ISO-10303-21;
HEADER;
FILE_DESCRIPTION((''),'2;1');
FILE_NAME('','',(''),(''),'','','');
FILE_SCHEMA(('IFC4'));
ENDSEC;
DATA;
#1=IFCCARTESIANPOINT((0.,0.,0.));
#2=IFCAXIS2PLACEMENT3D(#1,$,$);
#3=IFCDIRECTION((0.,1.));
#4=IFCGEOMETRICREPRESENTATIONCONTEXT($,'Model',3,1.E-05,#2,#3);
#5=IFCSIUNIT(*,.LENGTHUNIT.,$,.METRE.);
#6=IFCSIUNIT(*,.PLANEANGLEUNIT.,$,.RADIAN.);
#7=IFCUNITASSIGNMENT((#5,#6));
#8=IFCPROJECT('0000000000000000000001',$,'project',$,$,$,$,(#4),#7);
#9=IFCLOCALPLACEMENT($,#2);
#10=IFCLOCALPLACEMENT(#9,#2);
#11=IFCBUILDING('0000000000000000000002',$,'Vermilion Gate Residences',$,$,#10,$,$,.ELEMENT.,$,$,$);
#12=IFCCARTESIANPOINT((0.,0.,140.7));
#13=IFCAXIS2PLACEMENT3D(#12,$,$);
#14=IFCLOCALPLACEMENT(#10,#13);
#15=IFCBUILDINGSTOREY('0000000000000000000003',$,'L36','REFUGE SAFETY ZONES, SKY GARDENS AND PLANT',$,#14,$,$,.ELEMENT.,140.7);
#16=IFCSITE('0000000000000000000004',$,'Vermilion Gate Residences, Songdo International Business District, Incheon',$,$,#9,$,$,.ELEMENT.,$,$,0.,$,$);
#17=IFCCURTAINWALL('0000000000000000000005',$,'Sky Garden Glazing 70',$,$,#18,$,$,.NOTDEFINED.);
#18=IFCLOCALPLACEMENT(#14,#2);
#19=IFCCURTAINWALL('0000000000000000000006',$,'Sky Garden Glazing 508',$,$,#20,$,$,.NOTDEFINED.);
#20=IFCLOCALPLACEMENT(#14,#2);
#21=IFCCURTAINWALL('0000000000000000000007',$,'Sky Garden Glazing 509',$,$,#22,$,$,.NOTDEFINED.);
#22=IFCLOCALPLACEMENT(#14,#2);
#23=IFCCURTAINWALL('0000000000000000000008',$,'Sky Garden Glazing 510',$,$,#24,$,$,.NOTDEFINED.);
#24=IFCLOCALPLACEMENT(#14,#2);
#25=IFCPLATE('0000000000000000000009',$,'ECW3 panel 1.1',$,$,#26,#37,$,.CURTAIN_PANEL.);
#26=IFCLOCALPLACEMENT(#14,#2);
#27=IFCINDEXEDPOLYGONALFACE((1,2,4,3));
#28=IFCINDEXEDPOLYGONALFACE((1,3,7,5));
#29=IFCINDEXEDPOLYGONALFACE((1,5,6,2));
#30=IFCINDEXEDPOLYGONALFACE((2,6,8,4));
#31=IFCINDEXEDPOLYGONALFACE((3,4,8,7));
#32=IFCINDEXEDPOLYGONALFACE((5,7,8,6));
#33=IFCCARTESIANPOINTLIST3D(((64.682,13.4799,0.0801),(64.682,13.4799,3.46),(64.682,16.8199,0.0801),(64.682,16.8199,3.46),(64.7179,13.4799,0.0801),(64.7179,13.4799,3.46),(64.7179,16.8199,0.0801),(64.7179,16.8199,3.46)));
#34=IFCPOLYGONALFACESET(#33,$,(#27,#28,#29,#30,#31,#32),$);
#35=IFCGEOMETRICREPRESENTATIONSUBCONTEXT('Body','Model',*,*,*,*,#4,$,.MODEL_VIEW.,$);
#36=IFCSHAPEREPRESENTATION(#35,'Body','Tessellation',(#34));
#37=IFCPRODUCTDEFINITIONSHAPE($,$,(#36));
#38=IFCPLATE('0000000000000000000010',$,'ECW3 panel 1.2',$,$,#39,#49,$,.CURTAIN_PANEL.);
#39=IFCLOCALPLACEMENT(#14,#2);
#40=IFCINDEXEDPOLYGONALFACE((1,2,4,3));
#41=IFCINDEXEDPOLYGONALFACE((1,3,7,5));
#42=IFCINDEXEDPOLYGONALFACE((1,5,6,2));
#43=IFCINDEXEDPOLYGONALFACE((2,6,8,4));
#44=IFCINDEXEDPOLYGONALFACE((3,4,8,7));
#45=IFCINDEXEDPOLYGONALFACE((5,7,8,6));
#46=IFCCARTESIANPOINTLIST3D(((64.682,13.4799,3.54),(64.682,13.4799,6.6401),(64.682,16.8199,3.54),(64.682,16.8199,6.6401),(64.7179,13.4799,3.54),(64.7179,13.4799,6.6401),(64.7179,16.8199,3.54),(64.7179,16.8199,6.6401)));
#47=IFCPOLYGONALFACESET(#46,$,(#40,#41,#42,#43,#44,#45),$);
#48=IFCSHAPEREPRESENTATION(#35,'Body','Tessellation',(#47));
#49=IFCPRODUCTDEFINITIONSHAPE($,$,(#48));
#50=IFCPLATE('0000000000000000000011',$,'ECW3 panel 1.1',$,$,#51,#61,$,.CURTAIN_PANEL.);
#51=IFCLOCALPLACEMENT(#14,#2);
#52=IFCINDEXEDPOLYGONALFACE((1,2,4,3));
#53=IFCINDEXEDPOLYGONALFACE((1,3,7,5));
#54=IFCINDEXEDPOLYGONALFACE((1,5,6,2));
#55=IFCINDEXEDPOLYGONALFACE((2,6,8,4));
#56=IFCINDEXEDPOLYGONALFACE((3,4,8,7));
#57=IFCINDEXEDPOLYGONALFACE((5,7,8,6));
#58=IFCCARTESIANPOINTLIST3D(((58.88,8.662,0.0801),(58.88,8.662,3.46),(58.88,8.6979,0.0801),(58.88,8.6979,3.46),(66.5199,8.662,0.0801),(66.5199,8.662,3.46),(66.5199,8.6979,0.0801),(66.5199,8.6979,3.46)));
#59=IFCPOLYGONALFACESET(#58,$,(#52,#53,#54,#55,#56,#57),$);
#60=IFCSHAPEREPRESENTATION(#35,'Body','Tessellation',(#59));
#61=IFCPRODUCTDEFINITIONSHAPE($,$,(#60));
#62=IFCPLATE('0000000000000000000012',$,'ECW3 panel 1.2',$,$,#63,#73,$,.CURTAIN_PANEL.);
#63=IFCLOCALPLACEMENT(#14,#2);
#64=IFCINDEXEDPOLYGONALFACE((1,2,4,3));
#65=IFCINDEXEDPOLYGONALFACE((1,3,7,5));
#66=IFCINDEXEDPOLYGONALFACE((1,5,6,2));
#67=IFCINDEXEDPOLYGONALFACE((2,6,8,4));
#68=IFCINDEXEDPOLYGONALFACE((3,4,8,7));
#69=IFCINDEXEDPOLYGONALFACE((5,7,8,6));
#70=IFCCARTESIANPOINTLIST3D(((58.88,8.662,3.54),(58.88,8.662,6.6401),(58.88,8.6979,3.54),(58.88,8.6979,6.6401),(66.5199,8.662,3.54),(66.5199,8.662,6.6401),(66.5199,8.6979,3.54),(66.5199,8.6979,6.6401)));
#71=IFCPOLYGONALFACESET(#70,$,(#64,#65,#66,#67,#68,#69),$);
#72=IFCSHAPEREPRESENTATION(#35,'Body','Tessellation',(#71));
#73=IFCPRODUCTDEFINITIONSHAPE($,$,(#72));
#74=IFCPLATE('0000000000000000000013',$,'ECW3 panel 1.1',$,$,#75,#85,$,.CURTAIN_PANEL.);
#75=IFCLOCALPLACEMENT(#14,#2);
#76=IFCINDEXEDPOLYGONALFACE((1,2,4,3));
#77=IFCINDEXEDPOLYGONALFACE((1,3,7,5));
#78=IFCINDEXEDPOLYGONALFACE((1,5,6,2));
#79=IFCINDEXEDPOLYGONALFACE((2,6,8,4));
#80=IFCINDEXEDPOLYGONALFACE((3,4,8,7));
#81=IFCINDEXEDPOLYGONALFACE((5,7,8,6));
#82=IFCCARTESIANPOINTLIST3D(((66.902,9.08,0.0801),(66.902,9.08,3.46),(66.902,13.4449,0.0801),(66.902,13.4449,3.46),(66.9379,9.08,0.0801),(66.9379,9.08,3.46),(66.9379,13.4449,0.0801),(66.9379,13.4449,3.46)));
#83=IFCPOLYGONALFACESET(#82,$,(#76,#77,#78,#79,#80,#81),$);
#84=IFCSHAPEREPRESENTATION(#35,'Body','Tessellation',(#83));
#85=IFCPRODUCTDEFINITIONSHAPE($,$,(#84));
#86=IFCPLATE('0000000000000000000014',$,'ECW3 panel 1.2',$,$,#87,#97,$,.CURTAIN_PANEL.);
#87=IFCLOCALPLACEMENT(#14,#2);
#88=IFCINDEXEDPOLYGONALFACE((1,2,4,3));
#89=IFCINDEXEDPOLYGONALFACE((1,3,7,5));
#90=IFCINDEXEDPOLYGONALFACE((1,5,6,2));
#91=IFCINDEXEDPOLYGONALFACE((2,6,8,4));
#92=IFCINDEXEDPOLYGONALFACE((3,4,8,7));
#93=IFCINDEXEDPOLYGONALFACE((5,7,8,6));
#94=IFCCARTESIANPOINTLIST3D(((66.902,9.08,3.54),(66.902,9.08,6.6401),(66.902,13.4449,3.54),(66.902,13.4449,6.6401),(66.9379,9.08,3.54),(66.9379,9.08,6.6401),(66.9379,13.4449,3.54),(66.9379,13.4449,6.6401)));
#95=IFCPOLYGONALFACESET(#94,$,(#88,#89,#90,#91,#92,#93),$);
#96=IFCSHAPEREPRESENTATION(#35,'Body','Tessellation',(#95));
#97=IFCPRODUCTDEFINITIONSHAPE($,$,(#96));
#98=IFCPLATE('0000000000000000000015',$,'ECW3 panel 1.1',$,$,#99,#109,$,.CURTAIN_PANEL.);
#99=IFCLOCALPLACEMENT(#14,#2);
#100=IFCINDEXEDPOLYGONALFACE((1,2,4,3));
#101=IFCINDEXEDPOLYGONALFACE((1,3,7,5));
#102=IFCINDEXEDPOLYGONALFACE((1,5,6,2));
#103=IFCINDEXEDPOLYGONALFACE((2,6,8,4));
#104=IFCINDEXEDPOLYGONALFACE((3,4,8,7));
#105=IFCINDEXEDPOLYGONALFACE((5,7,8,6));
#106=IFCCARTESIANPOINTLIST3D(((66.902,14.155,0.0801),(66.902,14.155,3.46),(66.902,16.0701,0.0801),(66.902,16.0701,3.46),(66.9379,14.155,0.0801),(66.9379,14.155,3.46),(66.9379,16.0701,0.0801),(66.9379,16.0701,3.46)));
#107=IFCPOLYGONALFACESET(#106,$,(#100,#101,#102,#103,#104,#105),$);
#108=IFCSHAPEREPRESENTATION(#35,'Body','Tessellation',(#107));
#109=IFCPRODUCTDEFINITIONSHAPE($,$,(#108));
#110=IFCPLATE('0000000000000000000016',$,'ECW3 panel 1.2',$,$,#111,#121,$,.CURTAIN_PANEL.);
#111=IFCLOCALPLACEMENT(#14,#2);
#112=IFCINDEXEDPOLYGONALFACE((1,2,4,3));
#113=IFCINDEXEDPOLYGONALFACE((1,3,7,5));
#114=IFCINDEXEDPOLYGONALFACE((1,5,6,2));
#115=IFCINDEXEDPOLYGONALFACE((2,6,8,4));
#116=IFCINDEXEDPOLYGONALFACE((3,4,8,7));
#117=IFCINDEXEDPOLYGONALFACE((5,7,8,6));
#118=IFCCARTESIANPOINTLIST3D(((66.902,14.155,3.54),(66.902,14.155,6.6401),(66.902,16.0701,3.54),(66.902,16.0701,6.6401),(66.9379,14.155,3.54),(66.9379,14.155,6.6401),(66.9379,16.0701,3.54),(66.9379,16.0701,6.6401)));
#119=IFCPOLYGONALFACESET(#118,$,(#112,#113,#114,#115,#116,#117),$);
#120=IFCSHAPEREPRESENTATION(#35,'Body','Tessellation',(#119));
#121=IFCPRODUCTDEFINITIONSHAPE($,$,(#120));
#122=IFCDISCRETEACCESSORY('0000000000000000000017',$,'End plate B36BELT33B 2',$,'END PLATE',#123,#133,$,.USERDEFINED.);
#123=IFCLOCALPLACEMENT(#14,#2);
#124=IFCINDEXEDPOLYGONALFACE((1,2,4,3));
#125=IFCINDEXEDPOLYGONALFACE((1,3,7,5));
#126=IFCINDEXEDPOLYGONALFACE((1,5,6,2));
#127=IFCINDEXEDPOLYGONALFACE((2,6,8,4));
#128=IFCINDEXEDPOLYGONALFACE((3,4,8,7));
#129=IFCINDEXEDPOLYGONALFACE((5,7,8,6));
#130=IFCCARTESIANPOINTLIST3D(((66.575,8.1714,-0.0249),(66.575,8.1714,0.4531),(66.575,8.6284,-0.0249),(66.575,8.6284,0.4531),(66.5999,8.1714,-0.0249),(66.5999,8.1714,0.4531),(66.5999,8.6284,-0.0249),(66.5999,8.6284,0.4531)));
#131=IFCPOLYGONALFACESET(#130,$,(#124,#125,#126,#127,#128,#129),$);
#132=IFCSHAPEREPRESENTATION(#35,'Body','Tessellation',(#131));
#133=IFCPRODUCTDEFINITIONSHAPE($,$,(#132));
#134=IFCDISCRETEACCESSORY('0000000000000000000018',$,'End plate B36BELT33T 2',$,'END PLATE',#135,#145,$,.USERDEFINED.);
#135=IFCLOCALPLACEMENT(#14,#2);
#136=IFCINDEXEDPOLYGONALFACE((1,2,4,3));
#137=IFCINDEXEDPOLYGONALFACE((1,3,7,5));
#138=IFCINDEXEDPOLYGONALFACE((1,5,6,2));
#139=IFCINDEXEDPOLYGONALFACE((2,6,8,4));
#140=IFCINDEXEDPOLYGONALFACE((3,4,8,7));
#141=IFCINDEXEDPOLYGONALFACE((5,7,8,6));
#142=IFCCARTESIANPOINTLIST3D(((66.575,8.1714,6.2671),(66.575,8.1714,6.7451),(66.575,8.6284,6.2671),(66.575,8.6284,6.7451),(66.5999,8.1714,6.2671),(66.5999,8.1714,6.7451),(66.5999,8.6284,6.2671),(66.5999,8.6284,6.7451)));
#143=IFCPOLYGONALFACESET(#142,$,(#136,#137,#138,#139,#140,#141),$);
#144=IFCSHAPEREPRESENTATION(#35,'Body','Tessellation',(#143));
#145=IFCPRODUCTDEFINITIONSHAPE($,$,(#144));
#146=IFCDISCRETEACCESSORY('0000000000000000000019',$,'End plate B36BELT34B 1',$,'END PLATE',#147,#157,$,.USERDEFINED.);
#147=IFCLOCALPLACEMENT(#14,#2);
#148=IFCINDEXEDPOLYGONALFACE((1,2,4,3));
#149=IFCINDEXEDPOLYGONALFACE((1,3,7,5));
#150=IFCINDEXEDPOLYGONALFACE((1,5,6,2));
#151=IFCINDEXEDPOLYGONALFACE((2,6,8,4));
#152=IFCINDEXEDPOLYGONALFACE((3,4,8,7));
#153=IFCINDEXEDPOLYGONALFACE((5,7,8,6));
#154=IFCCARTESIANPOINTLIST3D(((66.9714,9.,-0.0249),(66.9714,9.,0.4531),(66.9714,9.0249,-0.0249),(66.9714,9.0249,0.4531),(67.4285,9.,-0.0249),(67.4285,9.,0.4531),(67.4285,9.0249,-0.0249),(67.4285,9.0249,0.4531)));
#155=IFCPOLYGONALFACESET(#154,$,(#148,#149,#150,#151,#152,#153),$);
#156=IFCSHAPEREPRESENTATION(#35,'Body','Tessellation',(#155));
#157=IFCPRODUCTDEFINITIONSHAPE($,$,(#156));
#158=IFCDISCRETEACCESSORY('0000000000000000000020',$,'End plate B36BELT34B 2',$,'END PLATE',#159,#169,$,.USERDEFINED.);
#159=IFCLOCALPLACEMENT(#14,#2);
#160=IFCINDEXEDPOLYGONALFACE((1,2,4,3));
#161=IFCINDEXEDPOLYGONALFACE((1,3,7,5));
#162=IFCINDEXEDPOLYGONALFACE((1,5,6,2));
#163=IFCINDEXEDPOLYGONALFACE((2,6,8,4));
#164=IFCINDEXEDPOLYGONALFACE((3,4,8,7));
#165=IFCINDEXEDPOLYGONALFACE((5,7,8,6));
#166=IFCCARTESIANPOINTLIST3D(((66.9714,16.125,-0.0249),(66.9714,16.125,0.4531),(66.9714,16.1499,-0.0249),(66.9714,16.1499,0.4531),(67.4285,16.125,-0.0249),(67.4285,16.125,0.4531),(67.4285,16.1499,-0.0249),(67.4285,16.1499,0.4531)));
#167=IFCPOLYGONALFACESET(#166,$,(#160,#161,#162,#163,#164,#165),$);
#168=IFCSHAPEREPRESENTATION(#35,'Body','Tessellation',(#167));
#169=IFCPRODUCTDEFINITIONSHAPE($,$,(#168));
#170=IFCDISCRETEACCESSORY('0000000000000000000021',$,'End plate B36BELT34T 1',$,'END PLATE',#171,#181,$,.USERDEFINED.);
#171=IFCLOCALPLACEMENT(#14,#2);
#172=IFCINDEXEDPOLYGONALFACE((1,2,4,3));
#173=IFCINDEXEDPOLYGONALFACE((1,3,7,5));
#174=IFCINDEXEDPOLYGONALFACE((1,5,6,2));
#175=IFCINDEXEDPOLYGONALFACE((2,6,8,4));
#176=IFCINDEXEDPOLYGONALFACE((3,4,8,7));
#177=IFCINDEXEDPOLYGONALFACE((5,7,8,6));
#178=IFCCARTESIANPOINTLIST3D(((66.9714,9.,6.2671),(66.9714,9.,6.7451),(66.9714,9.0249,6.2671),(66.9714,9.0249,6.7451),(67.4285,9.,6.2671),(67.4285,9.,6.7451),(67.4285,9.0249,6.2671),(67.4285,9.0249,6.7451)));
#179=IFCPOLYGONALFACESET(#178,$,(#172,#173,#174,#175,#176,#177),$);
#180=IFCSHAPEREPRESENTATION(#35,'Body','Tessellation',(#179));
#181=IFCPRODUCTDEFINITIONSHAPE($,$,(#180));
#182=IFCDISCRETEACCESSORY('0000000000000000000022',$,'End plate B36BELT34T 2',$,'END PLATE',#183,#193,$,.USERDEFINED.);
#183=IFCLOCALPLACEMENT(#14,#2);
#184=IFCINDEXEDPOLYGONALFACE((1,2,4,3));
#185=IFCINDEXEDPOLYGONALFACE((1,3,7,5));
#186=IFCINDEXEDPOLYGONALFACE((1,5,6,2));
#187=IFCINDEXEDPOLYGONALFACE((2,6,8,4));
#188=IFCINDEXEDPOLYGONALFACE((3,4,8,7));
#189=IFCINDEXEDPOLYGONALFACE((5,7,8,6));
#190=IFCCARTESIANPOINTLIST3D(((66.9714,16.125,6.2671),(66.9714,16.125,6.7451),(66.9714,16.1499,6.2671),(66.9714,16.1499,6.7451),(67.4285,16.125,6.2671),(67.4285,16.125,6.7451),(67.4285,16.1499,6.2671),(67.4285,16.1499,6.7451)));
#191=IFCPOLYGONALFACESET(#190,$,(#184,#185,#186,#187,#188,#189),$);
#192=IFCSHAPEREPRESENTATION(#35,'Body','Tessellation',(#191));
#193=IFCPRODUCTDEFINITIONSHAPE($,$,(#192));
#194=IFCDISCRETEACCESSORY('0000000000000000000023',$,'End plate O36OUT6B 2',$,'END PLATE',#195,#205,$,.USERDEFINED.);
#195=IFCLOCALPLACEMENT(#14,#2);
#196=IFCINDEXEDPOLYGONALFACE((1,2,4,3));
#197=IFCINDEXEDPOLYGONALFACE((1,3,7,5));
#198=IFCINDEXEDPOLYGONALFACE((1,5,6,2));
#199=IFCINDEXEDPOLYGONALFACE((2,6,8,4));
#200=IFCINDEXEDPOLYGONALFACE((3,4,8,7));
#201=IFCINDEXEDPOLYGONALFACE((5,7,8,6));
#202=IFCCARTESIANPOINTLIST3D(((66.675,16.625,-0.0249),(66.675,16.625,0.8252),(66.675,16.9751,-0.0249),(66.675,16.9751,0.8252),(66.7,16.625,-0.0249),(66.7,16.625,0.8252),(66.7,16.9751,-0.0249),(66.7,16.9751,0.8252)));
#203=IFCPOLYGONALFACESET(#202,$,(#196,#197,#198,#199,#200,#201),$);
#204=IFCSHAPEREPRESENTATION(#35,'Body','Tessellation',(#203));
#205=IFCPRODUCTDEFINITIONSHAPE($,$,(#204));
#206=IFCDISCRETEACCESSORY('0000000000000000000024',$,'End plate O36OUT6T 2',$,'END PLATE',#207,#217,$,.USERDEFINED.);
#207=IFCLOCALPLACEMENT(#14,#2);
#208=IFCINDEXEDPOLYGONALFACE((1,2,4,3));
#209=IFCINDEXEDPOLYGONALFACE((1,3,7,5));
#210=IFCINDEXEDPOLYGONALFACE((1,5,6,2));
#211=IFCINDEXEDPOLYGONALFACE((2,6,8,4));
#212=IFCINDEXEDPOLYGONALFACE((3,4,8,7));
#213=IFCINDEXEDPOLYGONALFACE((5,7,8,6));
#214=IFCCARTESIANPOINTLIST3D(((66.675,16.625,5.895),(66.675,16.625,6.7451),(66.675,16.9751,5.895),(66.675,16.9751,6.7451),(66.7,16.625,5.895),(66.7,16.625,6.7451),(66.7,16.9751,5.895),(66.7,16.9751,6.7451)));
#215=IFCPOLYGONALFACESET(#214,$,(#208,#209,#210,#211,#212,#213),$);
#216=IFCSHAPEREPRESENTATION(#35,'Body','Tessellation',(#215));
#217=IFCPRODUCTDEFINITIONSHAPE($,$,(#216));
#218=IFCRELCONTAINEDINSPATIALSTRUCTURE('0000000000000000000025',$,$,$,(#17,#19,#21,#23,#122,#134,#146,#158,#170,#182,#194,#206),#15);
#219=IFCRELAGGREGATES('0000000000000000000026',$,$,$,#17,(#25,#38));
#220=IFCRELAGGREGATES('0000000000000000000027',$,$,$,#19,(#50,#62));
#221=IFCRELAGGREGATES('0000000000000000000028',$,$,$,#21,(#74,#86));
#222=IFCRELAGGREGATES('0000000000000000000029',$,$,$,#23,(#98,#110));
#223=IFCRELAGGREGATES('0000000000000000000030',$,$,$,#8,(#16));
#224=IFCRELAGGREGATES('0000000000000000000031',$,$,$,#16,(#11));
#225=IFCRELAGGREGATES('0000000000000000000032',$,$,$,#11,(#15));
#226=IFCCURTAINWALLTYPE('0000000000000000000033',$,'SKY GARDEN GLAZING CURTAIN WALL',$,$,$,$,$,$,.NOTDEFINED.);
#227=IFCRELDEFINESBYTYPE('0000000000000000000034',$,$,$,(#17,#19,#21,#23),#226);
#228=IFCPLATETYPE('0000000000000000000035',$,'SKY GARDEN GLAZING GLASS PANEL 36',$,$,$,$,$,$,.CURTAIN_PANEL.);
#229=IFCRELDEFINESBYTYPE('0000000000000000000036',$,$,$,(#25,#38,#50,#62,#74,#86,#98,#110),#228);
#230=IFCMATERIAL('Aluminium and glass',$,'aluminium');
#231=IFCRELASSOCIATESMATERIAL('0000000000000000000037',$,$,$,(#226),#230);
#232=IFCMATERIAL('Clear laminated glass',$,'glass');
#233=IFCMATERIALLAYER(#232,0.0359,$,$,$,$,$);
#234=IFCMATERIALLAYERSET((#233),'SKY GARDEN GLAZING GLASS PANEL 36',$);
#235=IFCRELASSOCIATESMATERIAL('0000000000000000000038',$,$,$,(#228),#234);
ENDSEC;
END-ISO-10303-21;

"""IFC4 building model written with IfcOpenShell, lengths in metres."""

from ifc_helpers import new_model, si_unit, direction, frame, origin, origin_2d, place, context, subcontext, project, spatial, rectangle, extrude, material, layer, layer_set, type_object, element, aggregate, save


model = new_model("IFC4")

# Units and contexts
model_context = context("Model", 3, precision=1e-05, world=origin(), true_north=direction((0.0, 1.0)))
body_context = subcontext(model_context, "Body", "Model", "MODEL_VIEW")
ifc_project = project(units=[si_unit("LENGTHUNIT", "METRE"), si_unit("PLANEANGLEUNIT", "RADIAN")], contexts=[model_context])

# Site, building, storey
site_placement = place(None, origin())
site = spatial("IfcSite", under=ifc_project, at=site_placement, Name="Vermilion Gate Residences, Songdo International Business District, Incheon", CompositionType="ELEMENT", RefElevation=0.0)
building_placement = place(site_placement, origin())
building = spatial("IfcBuilding", under=site, at=building_placement, Name="Vermilion Gate Residences", CompositionType="ELEMENT")
storey_placement = place(building_placement, frame((0.0, 0.0, 140.7)))
storey = spatial("IfcBuildingStorey", under=building, at=storey_placement, Name="L36", Description="REFUGE SAFETY ZONES, SKY GARDENS AND PLANT", CompositionType="ELEMENT", Elevation=140.7)

# Curtain wall
ifc_material_1 = material(Name="Aluminium and glass", Category="aluminium")
curtain_wall_type = type_object("IfcCurtainWallType", Name="SKY GARDEN GLAZING CURTAIN WALL", PredefinedType="NOTDEFINED", material=ifc_material_1)
curtain_wall_1_placement = place(storey_placement, origin())
curtain_wall_1 = element("IfcCurtainWall", 1, at=curtain_wall_1_placement, inside=storey, type_object=curtain_wall_type, Name="Sky Garden Glazing 70", PredefinedType="NOTDEFINED")

# Curtain wall
curtain_wall_2_placement = place(storey_placement, origin())
curtain_wall_2 = element("IfcCurtainWall", 2, at=curtain_wall_2_placement, inside=storey, type_object=curtain_wall_type, Name="Sky Garden Glazing 508", PredefinedType="NOTDEFINED")

# Curtain walls
curtain_wall_3_placement = place(storey_placement, origin())
curtain_wall_3 = element("IfcCurtainWall", 3, at=curtain_wall_3_placement, inside=storey, type_object=curtain_wall_type, Name="Sky Garden Glazing 509", PredefinedType="NOTDEFINED")
curtain_wall_4_placement = place(storey_placement, origin())
curtain_wall_4 = element("IfcCurtainWall", 4, at=curtain_wall_4_placement, inside=storey, type_object=curtain_wall_type, Name="Sky Garden Glazing 510", PredefinedType="NOTDEFINED")

# Plates
ifc_material_2 = material(Name="Clear laminated glass", Category="glass")
ifc_layer = layer(ifc_material_2, 0.0359)
ifc_layer_set = layer_set([ifc_layer], Name="SKY GARDEN GLAZING GLASS PANEL 36")
plate_type = type_object("IfcPlateType", Name="SKY GARDEN GLAZING GLASS PANEL 36", PredefinedType="CURTAIN_PANEL", material=ifc_layer_set)
plate_1_placement = place(storey_placement, frame((64.7, 15.1499, 0.0801), z_axis=(0.0, 0.0, 1.0), x_axis=(0.0, 1.0, 0.0)))
plate_1 = element("IfcPlate", 5, at=plate_1_placement, type_object=plate_type, Name="ECW3 panel 1.1", PredefinedType="CURTAIN_PANEL", context=body_context, shape_type="SweptSolid", body=[
    extrude(rectangle(XDim=3.3401, YDim=0.0359, at=origin_2d()), origin(), (0.0, 0.0, 1.0), 3.3799),
])
plate_2_placement = place(storey_placement, frame((64.7, 15.1499, 3.54), z_axis=(0.0, 0.0, 1.0), x_axis=(0.0, 1.0, 0.0)))
plate_2 = element("IfcPlate", 6, at=plate_2_placement, type_object=plate_type, Name="ECW3 panel 1.2", PredefinedType="CURTAIN_PANEL", context=body_context, shape_type="SweptSolid", body=[
    extrude(rectangle(XDim=3.3401, YDim=0.0359, at=origin_2d()), origin(), (0.0, 0.0, 1.0), 3.1001),
])
aggregate(curtain_wall_1, [plate_1, plate_2])
plate_3_placement = place(storey_placement, frame((62.7, 8.6799, 0.0801), z_axis=(0.0, 0.0, 1.0), x_axis=(1.0, 0.0, 0.0)))
plate_3 = element("IfcPlate", 7, at=plate_3_placement, type_object=plate_type, Name="ECW3 panel 1.1", PredefinedType="CURTAIN_PANEL", context=body_context, shape_type="SweptSolid", body=[
    extrude(rectangle(XDim=7.6399, YDim=0.0359, at=origin_2d()), origin(), (0.0, 0.0, 1.0), 3.3799),
])
plate_4_placement = place(storey_placement, frame((62.7, 8.6799, 3.54), z_axis=(0.0, 0.0, 1.0), x_axis=(1.0, 0.0, 0.0)))
plate_4 = element("IfcPlate", 8, at=plate_4_placement, type_object=plate_type, Name="ECW3 panel 1.2", PredefinedType="CURTAIN_PANEL", context=body_context, shape_type="SweptSolid", body=[
    extrude(rectangle(XDim=7.6399, YDim=0.0359, at=origin_2d()), origin(), (0.0, 0.0, 1.0), 3.1001),
])
aggregate(curtain_wall_2, [plate_3, plate_4])
plate_5_placement = place(storey_placement, frame((66.9199, 11.2625, 0.0801), z_axis=(0.0, 0.0, 1.0), x_axis=(0.0, 1.0, 0.0)))
plate_5 = element("IfcPlate", 9, at=plate_5_placement, type_object=plate_type, Name="ECW3 panel 1.1", PredefinedType="CURTAIN_PANEL", context=body_context, shape_type="SweptSolid", body=[
    extrude(rectangle(XDim=4.365, YDim=0.0359, at=origin_2d()), origin(), (0.0, 0.0, 1.0), 3.3799),
])
plate_6_placement = place(storey_placement, frame((66.9199, 11.2625, 3.54), z_axis=(0.0, 0.0, 1.0), x_axis=(0.0, 1.0, 0.0)))
plate_6 = element("IfcPlate", 10, at=plate_6_placement, type_object=plate_type, Name="ECW3 panel 1.2", PredefinedType="CURTAIN_PANEL", context=body_context, shape_type="SweptSolid", body=[
    extrude(rectangle(XDim=4.365, YDim=0.0359, at=origin_2d()), origin(), (0.0, 0.0, 1.0), 3.1001),
])
aggregate(curtain_wall_3, [plate_5, plate_6])
plate_7_placement = place(storey_placement, frame((66.9199, 15.1125, 0.0801), z_axis=(0.0, 0.0, 1.0), x_axis=(0.0, 1.0, 0.0)))
plate_7 = element("IfcPlate", 11, at=plate_7_placement, type_object=plate_type, Name="ECW3 panel 1.1", PredefinedType="CURTAIN_PANEL", context=body_context, shape_type="SweptSolid", body=[
    extrude(rectangle(XDim=1.915, YDim=0.0359, at=origin_2d()), origin(), (0.0, 0.0, 1.0), 3.3799),
])
plate_8_placement = place(storey_placement, frame((66.9199, 15.1125, 3.54), z_axis=(0.0, 0.0, 1.0), x_axis=(0.0, 1.0, 0.0)))
plate_8 = element("IfcPlate", 12, at=plate_8_placement, type_object=plate_type, Name="ECW3 panel 1.2", PredefinedType="CURTAIN_PANEL", context=body_context, shape_type="SweptSolid", body=[
    extrude(rectangle(XDim=1.915, YDim=0.0359, at=origin_2d()), origin(), (0.0, 0.0, 1.0), 3.1001),
])
aggregate(curtain_wall_4, [plate_7, plate_8])

# Discrete accessories
for number, where, z_axis, x_axis, name in (
    (13, (66.5874, 8.3999, -0.0249), (0.0, 0.0, 1.0), (1.0, 0.0, 0.0), "End plate B36BELT33B 2"),
    (14, (66.5874, 8.3999, 6.2671), (0.0, 0.0, 1.0), (1.0, 0.0, 0.0), "End plate B36BELT33T 2"),
):
    element("IfcDiscreteAccessory", number, at=place(storey_placement, frame(where, z_axis=z_axis, x_axis=x_axis)), inside=storey, Name=name, ObjectType="END PLATE", PredefinedType="USERDEFINED", context=body_context, shape_type="SweptSolid", body=[
        extrude(rectangle(XDim=0.0249, YDim=0.457, at=origin_2d()), origin(), (0.0, 0.0, 1.0), 0.478),
    ])
for number, where, z_axis, x_axis, name in (
    (15, (67.2, 9.0125, -0.0249), (0.0, 0.0, 1.0), (1.0, 0.0, 0.0), "End plate B36BELT34B 1"),
    (16, (67.2, 16.1375, -0.0249), (0.0, 0.0, 1.0), (1.0, 0.0, 0.0), "End plate B36BELT34B 2"),
    (17, (67.2, 9.0125, 6.2671), (0.0, 0.0, 1.0), (1.0, 0.0, 0.0), "End plate B36BELT34T 1"),
    (18, (67.2, 16.1375, 6.2671), (0.0, 0.0, 1.0), (1.0, 0.0, 0.0), "End plate B36BELT34T 2"),
):
    element("IfcDiscreteAccessory", number, at=place(storey_placement, frame(where, z_axis=z_axis, x_axis=x_axis)), inside=storey, Name=name, ObjectType="END PLATE", PredefinedType="USERDEFINED", context=body_context, shape_type="SweptSolid", body=[
        extrude(rectangle(XDim=0.457, YDim=0.0249, at=origin_2d()), origin(), (0.0, 0.0, 1.0), 0.478),
    ])
for number, where, z_axis, x_axis, name in (
    (19, (66.6875, 16.8, -0.0249), (0.0, 0.0, 1.0), (1.0, 0.0, 0.0), "End plate O36OUT6B 2"),
    (20, (66.6875, 16.8, 5.895), (0.0, 0.0, 1.0), (1.0, 0.0, 0.0), "End plate O36OUT6T 2"),
):
    element("IfcDiscreteAccessory", number, at=place(storey_placement, frame(where, z_axis=z_axis, x_axis=x_axis)), inside=storey, Name=name, ObjectType="END PLATE", PredefinedType="USERDEFINED", context=body_context, shape_type="SweptSolid", body=[
        extrude(rectangle(XDim=0.0249, YDim=0.3501, at=origin_2d()), origin(), (0.0, 0.0, 1.0), 0.8501),
    ])

save(model, "model.ifc")
